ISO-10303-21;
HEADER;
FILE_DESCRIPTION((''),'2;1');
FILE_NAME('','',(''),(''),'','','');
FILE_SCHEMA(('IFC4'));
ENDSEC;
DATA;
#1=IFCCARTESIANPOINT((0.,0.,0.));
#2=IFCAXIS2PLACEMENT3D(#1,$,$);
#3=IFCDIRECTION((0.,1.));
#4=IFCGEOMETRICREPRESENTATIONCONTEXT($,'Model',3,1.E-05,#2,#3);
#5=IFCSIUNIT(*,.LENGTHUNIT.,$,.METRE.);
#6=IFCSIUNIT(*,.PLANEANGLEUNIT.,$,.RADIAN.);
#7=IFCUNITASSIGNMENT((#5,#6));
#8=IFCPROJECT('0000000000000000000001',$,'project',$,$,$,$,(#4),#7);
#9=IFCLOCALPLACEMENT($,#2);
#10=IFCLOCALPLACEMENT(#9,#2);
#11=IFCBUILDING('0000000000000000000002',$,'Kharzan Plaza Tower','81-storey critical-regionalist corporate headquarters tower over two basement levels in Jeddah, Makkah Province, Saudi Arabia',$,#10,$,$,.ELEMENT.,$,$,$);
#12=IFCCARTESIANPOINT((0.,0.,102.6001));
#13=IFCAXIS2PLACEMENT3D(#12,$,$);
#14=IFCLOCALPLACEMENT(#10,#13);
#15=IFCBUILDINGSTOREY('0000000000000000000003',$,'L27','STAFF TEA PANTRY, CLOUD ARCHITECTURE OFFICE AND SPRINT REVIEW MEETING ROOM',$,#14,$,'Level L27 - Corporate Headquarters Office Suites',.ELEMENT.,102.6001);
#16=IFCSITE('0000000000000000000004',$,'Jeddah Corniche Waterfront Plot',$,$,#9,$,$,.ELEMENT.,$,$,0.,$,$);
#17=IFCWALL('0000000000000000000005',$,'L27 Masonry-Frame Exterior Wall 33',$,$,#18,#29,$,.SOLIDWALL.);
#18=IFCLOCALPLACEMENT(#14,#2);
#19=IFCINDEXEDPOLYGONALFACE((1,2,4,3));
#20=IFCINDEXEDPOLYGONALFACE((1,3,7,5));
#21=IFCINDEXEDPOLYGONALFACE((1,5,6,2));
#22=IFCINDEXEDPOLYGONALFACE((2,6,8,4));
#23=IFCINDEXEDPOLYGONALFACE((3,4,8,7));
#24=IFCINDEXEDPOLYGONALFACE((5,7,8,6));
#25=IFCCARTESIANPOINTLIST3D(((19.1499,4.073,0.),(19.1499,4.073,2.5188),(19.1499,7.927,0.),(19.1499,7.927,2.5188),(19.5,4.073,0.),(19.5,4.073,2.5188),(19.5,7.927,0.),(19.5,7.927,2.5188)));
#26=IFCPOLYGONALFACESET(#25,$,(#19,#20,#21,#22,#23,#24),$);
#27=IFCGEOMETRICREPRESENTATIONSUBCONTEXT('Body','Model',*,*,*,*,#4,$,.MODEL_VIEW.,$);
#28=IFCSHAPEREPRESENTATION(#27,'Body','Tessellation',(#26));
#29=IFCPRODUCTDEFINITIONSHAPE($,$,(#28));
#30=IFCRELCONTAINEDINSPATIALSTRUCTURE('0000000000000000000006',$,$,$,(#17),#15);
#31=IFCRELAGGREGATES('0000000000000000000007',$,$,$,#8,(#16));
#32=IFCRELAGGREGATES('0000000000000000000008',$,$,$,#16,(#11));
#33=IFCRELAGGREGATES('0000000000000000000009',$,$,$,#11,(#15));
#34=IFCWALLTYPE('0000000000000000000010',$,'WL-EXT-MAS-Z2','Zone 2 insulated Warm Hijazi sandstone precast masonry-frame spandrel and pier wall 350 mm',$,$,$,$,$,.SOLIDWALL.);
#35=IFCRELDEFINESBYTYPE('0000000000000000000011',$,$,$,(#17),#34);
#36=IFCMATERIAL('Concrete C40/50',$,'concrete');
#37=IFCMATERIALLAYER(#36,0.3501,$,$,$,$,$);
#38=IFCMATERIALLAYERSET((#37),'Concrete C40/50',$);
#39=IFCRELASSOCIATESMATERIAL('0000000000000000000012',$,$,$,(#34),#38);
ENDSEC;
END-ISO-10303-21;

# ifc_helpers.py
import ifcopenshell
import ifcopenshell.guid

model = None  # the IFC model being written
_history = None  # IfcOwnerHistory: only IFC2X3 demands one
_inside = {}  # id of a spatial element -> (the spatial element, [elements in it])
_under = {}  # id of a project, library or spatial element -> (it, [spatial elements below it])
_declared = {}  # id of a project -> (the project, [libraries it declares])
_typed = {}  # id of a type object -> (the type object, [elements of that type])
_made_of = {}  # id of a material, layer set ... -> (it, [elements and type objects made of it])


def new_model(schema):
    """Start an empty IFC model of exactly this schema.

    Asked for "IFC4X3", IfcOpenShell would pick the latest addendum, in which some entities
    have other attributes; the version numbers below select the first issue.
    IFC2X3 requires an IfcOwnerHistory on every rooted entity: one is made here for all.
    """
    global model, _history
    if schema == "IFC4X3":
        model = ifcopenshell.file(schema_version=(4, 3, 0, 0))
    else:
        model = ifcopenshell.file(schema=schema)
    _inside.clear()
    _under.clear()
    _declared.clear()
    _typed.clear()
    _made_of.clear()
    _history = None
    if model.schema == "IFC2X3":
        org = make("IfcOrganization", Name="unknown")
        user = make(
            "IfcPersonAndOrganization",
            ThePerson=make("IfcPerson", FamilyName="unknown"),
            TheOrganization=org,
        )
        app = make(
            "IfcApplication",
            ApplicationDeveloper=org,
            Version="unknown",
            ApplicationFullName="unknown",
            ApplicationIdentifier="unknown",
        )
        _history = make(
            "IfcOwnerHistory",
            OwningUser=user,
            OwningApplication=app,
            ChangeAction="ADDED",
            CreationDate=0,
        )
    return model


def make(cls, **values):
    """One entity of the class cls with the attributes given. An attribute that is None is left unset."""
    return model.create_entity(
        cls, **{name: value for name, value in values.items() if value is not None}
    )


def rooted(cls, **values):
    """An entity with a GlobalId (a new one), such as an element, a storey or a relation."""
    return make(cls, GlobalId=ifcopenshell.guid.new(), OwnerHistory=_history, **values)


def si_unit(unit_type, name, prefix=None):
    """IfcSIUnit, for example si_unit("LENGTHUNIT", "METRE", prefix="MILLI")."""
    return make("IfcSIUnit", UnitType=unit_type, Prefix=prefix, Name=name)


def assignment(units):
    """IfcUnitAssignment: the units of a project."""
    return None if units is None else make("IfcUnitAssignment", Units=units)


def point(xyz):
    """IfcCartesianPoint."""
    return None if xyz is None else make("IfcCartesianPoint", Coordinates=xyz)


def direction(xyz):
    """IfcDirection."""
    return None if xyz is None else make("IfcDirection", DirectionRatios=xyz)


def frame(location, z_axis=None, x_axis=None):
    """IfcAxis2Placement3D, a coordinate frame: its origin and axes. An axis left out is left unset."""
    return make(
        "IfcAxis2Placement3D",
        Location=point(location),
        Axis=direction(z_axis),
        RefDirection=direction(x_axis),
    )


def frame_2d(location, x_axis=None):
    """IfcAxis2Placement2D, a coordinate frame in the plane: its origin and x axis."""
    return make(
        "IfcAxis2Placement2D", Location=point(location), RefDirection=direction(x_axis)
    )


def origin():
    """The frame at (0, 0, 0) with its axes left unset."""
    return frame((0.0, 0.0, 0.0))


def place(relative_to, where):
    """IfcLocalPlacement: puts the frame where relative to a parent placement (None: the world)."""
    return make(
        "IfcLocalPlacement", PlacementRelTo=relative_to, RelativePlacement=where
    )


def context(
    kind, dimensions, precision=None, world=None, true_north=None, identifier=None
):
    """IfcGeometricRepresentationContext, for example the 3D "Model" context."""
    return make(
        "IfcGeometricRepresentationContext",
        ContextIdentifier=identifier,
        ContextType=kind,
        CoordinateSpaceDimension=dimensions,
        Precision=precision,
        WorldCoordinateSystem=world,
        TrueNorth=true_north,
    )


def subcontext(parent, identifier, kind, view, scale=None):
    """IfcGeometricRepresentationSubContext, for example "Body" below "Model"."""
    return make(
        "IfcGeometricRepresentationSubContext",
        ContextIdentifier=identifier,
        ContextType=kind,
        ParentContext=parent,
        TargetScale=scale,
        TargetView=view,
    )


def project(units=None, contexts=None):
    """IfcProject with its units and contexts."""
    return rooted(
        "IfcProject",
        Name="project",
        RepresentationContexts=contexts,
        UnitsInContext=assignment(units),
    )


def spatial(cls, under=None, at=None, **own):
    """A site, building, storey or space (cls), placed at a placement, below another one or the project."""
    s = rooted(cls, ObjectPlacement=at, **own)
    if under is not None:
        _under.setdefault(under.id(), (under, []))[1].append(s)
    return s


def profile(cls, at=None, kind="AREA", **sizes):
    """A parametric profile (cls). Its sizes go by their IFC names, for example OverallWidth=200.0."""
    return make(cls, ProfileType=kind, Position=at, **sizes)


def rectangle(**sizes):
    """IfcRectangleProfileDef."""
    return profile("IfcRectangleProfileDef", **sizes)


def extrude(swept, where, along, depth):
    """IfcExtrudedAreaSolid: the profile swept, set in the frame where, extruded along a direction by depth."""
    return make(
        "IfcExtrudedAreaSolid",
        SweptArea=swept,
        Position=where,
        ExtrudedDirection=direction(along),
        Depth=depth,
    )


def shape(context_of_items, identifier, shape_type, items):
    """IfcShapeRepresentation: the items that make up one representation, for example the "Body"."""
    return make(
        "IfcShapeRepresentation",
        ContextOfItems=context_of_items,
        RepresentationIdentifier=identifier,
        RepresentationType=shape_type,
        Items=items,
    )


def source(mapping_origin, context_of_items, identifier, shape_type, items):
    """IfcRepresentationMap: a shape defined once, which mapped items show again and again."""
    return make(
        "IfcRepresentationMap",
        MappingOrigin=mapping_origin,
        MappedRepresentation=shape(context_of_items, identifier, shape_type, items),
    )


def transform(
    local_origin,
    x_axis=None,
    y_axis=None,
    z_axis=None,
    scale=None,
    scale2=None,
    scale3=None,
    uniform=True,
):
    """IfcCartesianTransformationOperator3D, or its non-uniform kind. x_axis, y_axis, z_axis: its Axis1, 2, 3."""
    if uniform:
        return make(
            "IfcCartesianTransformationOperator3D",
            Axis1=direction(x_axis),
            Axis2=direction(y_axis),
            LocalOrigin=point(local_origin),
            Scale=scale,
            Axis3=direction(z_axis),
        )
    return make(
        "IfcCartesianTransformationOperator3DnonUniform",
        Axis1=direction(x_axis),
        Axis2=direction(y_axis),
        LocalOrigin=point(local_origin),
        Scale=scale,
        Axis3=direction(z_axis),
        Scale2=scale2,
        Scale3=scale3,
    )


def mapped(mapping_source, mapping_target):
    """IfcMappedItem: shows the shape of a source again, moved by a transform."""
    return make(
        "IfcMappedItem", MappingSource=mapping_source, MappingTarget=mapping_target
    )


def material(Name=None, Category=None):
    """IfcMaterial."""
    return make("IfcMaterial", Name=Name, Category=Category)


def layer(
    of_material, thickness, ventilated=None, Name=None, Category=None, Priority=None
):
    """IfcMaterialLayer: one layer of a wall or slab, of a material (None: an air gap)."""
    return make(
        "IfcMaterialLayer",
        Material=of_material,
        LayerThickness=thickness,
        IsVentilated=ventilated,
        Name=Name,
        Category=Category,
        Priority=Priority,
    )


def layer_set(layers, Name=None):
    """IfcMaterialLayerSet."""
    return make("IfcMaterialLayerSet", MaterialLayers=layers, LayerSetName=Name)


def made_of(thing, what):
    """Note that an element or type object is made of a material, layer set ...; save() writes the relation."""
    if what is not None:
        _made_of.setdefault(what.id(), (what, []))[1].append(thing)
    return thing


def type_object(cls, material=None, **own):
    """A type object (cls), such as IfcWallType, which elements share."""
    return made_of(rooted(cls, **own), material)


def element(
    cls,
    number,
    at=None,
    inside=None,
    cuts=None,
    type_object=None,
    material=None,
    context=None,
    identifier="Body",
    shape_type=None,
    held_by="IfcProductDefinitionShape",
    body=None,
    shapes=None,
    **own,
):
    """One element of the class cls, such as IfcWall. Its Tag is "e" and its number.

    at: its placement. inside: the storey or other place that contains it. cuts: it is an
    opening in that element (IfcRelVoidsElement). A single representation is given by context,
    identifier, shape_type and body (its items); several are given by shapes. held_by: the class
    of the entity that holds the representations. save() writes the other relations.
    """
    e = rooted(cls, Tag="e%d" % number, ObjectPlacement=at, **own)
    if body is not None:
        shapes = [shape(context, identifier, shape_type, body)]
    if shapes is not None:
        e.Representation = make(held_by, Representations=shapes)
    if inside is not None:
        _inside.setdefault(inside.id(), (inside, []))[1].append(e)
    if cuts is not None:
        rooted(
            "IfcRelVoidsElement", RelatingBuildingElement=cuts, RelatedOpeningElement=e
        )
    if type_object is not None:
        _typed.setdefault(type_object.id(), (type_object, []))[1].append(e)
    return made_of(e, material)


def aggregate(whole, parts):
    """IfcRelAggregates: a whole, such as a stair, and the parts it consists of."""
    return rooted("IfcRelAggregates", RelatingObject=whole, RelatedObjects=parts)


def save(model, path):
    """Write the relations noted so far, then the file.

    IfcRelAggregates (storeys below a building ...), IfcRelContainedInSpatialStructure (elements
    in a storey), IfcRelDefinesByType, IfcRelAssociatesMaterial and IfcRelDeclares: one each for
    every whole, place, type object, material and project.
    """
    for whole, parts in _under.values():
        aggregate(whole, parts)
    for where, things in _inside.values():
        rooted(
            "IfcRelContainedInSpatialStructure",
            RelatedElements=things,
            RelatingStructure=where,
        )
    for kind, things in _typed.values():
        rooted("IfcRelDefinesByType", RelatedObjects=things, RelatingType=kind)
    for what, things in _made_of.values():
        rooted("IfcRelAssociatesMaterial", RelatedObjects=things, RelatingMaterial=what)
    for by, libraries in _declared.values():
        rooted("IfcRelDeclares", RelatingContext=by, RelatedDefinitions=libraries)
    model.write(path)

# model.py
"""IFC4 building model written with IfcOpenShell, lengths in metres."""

from ifc_helpers import new_model, si_unit, direction, frame, frame_2d, origin, place, context, subcontext, project, spatial, rectangle, extrude, source, transform, mapped, material, layer, layer_set, type_object, element, save


model = new_model("IFC4")

# Units and contexts
model_context = context("Model", 3, precision=1e-05, world=origin(), true_north=direction((0.0, 1.0)))
body_context = subcontext(model_context, "Body", "Model", "MODEL_VIEW")
ifc_project = project(units=[si_unit("LENGTHUNIT", "METRE"), si_unit("PLANEANGLEUNIT", "RADIAN")], contexts=[model_context])

# Site, building, storey
site_placement = place(None, origin())
site = spatial("IfcSite", under=ifc_project, at=site_placement, Name="Jeddah Corniche Waterfront Plot", CompositionType="ELEMENT", RefElevation=0.0)
building_placement = place(site_placement, origin())
building = spatial("IfcBuilding", under=site, at=building_placement, Name="Kharzan Plaza Tower", Description="81-storey critical-regionalist corporate headquarters tower over two basement levels in Jeddah, Makkah Province, Saudi Arabia", CompositionType="ELEMENT")
storey_placement = place(building_placement, frame((0.0, 0.0, 102.6001)))
storey = spatial("IfcBuildingStorey", under=building, at=storey_placement, Name="L27", Description="STAFF TEA PANTRY, CLOUD ARCHITECTURE OFFICE AND SPRINT REVIEW MEETING ROOM", LongName="Level L27 - Corporate Headquarters Office Suites", CompositionType="ELEMENT", Elevation=102.6001)

# Shared definitions
ifc_material_1 = material(Name="Concrete C40/50", Category="concrete")
ifc_layer_1 = layer(ifc_material_1, 0.3501)
ifc_layer_set_1 = layer_set([ifc_layer_1], Name="Concrete C40/50")
wall_type_1 = type_object("IfcWallType", Name="WL-EXT-MAS-Z2", Description="Zone 2 insulated Warm Hijazi sandstone precast masonry-frame spandrel and pier wall 350 mm", PredefinedType="SOLIDWALL", material=ifc_layer_set_1)

# Wall
shared_shape_1 = source(origin(), body_context, "Body", "SweptSolid", [
    extrude(rectangle(XDim=3.854, YDim=0.3501, at=frame_2d((1.927, 0.0))), origin(), (0.0, 0.0, 1.0), 2.5188),
])
wall_1_placement = place(storey_placement, frame((19.325, 4.073, 0.0), z_axis=(0.0, 0.0, 1.0), x_axis=(0.0, 1.0, 0.0)))
element("IfcWall", 1, at=wall_1_placement, inside=storey, type_object=wall_type_1, Name="L27 Masonry-Frame Exterior Wall 33", PredefinedType="SOLIDWALL", context=body_context, shape_type="MappedRepresentation", body=[
    mapped(shared_shape_1, transform((0.0, 0.0, 0.0), x_axis=(1.0, 0.0, 0.0), y_axis=(0.0, 1.0, 0.0), z_axis=(0.0, 0.0, 1.0))),
])

save(model, "model.ifc")
